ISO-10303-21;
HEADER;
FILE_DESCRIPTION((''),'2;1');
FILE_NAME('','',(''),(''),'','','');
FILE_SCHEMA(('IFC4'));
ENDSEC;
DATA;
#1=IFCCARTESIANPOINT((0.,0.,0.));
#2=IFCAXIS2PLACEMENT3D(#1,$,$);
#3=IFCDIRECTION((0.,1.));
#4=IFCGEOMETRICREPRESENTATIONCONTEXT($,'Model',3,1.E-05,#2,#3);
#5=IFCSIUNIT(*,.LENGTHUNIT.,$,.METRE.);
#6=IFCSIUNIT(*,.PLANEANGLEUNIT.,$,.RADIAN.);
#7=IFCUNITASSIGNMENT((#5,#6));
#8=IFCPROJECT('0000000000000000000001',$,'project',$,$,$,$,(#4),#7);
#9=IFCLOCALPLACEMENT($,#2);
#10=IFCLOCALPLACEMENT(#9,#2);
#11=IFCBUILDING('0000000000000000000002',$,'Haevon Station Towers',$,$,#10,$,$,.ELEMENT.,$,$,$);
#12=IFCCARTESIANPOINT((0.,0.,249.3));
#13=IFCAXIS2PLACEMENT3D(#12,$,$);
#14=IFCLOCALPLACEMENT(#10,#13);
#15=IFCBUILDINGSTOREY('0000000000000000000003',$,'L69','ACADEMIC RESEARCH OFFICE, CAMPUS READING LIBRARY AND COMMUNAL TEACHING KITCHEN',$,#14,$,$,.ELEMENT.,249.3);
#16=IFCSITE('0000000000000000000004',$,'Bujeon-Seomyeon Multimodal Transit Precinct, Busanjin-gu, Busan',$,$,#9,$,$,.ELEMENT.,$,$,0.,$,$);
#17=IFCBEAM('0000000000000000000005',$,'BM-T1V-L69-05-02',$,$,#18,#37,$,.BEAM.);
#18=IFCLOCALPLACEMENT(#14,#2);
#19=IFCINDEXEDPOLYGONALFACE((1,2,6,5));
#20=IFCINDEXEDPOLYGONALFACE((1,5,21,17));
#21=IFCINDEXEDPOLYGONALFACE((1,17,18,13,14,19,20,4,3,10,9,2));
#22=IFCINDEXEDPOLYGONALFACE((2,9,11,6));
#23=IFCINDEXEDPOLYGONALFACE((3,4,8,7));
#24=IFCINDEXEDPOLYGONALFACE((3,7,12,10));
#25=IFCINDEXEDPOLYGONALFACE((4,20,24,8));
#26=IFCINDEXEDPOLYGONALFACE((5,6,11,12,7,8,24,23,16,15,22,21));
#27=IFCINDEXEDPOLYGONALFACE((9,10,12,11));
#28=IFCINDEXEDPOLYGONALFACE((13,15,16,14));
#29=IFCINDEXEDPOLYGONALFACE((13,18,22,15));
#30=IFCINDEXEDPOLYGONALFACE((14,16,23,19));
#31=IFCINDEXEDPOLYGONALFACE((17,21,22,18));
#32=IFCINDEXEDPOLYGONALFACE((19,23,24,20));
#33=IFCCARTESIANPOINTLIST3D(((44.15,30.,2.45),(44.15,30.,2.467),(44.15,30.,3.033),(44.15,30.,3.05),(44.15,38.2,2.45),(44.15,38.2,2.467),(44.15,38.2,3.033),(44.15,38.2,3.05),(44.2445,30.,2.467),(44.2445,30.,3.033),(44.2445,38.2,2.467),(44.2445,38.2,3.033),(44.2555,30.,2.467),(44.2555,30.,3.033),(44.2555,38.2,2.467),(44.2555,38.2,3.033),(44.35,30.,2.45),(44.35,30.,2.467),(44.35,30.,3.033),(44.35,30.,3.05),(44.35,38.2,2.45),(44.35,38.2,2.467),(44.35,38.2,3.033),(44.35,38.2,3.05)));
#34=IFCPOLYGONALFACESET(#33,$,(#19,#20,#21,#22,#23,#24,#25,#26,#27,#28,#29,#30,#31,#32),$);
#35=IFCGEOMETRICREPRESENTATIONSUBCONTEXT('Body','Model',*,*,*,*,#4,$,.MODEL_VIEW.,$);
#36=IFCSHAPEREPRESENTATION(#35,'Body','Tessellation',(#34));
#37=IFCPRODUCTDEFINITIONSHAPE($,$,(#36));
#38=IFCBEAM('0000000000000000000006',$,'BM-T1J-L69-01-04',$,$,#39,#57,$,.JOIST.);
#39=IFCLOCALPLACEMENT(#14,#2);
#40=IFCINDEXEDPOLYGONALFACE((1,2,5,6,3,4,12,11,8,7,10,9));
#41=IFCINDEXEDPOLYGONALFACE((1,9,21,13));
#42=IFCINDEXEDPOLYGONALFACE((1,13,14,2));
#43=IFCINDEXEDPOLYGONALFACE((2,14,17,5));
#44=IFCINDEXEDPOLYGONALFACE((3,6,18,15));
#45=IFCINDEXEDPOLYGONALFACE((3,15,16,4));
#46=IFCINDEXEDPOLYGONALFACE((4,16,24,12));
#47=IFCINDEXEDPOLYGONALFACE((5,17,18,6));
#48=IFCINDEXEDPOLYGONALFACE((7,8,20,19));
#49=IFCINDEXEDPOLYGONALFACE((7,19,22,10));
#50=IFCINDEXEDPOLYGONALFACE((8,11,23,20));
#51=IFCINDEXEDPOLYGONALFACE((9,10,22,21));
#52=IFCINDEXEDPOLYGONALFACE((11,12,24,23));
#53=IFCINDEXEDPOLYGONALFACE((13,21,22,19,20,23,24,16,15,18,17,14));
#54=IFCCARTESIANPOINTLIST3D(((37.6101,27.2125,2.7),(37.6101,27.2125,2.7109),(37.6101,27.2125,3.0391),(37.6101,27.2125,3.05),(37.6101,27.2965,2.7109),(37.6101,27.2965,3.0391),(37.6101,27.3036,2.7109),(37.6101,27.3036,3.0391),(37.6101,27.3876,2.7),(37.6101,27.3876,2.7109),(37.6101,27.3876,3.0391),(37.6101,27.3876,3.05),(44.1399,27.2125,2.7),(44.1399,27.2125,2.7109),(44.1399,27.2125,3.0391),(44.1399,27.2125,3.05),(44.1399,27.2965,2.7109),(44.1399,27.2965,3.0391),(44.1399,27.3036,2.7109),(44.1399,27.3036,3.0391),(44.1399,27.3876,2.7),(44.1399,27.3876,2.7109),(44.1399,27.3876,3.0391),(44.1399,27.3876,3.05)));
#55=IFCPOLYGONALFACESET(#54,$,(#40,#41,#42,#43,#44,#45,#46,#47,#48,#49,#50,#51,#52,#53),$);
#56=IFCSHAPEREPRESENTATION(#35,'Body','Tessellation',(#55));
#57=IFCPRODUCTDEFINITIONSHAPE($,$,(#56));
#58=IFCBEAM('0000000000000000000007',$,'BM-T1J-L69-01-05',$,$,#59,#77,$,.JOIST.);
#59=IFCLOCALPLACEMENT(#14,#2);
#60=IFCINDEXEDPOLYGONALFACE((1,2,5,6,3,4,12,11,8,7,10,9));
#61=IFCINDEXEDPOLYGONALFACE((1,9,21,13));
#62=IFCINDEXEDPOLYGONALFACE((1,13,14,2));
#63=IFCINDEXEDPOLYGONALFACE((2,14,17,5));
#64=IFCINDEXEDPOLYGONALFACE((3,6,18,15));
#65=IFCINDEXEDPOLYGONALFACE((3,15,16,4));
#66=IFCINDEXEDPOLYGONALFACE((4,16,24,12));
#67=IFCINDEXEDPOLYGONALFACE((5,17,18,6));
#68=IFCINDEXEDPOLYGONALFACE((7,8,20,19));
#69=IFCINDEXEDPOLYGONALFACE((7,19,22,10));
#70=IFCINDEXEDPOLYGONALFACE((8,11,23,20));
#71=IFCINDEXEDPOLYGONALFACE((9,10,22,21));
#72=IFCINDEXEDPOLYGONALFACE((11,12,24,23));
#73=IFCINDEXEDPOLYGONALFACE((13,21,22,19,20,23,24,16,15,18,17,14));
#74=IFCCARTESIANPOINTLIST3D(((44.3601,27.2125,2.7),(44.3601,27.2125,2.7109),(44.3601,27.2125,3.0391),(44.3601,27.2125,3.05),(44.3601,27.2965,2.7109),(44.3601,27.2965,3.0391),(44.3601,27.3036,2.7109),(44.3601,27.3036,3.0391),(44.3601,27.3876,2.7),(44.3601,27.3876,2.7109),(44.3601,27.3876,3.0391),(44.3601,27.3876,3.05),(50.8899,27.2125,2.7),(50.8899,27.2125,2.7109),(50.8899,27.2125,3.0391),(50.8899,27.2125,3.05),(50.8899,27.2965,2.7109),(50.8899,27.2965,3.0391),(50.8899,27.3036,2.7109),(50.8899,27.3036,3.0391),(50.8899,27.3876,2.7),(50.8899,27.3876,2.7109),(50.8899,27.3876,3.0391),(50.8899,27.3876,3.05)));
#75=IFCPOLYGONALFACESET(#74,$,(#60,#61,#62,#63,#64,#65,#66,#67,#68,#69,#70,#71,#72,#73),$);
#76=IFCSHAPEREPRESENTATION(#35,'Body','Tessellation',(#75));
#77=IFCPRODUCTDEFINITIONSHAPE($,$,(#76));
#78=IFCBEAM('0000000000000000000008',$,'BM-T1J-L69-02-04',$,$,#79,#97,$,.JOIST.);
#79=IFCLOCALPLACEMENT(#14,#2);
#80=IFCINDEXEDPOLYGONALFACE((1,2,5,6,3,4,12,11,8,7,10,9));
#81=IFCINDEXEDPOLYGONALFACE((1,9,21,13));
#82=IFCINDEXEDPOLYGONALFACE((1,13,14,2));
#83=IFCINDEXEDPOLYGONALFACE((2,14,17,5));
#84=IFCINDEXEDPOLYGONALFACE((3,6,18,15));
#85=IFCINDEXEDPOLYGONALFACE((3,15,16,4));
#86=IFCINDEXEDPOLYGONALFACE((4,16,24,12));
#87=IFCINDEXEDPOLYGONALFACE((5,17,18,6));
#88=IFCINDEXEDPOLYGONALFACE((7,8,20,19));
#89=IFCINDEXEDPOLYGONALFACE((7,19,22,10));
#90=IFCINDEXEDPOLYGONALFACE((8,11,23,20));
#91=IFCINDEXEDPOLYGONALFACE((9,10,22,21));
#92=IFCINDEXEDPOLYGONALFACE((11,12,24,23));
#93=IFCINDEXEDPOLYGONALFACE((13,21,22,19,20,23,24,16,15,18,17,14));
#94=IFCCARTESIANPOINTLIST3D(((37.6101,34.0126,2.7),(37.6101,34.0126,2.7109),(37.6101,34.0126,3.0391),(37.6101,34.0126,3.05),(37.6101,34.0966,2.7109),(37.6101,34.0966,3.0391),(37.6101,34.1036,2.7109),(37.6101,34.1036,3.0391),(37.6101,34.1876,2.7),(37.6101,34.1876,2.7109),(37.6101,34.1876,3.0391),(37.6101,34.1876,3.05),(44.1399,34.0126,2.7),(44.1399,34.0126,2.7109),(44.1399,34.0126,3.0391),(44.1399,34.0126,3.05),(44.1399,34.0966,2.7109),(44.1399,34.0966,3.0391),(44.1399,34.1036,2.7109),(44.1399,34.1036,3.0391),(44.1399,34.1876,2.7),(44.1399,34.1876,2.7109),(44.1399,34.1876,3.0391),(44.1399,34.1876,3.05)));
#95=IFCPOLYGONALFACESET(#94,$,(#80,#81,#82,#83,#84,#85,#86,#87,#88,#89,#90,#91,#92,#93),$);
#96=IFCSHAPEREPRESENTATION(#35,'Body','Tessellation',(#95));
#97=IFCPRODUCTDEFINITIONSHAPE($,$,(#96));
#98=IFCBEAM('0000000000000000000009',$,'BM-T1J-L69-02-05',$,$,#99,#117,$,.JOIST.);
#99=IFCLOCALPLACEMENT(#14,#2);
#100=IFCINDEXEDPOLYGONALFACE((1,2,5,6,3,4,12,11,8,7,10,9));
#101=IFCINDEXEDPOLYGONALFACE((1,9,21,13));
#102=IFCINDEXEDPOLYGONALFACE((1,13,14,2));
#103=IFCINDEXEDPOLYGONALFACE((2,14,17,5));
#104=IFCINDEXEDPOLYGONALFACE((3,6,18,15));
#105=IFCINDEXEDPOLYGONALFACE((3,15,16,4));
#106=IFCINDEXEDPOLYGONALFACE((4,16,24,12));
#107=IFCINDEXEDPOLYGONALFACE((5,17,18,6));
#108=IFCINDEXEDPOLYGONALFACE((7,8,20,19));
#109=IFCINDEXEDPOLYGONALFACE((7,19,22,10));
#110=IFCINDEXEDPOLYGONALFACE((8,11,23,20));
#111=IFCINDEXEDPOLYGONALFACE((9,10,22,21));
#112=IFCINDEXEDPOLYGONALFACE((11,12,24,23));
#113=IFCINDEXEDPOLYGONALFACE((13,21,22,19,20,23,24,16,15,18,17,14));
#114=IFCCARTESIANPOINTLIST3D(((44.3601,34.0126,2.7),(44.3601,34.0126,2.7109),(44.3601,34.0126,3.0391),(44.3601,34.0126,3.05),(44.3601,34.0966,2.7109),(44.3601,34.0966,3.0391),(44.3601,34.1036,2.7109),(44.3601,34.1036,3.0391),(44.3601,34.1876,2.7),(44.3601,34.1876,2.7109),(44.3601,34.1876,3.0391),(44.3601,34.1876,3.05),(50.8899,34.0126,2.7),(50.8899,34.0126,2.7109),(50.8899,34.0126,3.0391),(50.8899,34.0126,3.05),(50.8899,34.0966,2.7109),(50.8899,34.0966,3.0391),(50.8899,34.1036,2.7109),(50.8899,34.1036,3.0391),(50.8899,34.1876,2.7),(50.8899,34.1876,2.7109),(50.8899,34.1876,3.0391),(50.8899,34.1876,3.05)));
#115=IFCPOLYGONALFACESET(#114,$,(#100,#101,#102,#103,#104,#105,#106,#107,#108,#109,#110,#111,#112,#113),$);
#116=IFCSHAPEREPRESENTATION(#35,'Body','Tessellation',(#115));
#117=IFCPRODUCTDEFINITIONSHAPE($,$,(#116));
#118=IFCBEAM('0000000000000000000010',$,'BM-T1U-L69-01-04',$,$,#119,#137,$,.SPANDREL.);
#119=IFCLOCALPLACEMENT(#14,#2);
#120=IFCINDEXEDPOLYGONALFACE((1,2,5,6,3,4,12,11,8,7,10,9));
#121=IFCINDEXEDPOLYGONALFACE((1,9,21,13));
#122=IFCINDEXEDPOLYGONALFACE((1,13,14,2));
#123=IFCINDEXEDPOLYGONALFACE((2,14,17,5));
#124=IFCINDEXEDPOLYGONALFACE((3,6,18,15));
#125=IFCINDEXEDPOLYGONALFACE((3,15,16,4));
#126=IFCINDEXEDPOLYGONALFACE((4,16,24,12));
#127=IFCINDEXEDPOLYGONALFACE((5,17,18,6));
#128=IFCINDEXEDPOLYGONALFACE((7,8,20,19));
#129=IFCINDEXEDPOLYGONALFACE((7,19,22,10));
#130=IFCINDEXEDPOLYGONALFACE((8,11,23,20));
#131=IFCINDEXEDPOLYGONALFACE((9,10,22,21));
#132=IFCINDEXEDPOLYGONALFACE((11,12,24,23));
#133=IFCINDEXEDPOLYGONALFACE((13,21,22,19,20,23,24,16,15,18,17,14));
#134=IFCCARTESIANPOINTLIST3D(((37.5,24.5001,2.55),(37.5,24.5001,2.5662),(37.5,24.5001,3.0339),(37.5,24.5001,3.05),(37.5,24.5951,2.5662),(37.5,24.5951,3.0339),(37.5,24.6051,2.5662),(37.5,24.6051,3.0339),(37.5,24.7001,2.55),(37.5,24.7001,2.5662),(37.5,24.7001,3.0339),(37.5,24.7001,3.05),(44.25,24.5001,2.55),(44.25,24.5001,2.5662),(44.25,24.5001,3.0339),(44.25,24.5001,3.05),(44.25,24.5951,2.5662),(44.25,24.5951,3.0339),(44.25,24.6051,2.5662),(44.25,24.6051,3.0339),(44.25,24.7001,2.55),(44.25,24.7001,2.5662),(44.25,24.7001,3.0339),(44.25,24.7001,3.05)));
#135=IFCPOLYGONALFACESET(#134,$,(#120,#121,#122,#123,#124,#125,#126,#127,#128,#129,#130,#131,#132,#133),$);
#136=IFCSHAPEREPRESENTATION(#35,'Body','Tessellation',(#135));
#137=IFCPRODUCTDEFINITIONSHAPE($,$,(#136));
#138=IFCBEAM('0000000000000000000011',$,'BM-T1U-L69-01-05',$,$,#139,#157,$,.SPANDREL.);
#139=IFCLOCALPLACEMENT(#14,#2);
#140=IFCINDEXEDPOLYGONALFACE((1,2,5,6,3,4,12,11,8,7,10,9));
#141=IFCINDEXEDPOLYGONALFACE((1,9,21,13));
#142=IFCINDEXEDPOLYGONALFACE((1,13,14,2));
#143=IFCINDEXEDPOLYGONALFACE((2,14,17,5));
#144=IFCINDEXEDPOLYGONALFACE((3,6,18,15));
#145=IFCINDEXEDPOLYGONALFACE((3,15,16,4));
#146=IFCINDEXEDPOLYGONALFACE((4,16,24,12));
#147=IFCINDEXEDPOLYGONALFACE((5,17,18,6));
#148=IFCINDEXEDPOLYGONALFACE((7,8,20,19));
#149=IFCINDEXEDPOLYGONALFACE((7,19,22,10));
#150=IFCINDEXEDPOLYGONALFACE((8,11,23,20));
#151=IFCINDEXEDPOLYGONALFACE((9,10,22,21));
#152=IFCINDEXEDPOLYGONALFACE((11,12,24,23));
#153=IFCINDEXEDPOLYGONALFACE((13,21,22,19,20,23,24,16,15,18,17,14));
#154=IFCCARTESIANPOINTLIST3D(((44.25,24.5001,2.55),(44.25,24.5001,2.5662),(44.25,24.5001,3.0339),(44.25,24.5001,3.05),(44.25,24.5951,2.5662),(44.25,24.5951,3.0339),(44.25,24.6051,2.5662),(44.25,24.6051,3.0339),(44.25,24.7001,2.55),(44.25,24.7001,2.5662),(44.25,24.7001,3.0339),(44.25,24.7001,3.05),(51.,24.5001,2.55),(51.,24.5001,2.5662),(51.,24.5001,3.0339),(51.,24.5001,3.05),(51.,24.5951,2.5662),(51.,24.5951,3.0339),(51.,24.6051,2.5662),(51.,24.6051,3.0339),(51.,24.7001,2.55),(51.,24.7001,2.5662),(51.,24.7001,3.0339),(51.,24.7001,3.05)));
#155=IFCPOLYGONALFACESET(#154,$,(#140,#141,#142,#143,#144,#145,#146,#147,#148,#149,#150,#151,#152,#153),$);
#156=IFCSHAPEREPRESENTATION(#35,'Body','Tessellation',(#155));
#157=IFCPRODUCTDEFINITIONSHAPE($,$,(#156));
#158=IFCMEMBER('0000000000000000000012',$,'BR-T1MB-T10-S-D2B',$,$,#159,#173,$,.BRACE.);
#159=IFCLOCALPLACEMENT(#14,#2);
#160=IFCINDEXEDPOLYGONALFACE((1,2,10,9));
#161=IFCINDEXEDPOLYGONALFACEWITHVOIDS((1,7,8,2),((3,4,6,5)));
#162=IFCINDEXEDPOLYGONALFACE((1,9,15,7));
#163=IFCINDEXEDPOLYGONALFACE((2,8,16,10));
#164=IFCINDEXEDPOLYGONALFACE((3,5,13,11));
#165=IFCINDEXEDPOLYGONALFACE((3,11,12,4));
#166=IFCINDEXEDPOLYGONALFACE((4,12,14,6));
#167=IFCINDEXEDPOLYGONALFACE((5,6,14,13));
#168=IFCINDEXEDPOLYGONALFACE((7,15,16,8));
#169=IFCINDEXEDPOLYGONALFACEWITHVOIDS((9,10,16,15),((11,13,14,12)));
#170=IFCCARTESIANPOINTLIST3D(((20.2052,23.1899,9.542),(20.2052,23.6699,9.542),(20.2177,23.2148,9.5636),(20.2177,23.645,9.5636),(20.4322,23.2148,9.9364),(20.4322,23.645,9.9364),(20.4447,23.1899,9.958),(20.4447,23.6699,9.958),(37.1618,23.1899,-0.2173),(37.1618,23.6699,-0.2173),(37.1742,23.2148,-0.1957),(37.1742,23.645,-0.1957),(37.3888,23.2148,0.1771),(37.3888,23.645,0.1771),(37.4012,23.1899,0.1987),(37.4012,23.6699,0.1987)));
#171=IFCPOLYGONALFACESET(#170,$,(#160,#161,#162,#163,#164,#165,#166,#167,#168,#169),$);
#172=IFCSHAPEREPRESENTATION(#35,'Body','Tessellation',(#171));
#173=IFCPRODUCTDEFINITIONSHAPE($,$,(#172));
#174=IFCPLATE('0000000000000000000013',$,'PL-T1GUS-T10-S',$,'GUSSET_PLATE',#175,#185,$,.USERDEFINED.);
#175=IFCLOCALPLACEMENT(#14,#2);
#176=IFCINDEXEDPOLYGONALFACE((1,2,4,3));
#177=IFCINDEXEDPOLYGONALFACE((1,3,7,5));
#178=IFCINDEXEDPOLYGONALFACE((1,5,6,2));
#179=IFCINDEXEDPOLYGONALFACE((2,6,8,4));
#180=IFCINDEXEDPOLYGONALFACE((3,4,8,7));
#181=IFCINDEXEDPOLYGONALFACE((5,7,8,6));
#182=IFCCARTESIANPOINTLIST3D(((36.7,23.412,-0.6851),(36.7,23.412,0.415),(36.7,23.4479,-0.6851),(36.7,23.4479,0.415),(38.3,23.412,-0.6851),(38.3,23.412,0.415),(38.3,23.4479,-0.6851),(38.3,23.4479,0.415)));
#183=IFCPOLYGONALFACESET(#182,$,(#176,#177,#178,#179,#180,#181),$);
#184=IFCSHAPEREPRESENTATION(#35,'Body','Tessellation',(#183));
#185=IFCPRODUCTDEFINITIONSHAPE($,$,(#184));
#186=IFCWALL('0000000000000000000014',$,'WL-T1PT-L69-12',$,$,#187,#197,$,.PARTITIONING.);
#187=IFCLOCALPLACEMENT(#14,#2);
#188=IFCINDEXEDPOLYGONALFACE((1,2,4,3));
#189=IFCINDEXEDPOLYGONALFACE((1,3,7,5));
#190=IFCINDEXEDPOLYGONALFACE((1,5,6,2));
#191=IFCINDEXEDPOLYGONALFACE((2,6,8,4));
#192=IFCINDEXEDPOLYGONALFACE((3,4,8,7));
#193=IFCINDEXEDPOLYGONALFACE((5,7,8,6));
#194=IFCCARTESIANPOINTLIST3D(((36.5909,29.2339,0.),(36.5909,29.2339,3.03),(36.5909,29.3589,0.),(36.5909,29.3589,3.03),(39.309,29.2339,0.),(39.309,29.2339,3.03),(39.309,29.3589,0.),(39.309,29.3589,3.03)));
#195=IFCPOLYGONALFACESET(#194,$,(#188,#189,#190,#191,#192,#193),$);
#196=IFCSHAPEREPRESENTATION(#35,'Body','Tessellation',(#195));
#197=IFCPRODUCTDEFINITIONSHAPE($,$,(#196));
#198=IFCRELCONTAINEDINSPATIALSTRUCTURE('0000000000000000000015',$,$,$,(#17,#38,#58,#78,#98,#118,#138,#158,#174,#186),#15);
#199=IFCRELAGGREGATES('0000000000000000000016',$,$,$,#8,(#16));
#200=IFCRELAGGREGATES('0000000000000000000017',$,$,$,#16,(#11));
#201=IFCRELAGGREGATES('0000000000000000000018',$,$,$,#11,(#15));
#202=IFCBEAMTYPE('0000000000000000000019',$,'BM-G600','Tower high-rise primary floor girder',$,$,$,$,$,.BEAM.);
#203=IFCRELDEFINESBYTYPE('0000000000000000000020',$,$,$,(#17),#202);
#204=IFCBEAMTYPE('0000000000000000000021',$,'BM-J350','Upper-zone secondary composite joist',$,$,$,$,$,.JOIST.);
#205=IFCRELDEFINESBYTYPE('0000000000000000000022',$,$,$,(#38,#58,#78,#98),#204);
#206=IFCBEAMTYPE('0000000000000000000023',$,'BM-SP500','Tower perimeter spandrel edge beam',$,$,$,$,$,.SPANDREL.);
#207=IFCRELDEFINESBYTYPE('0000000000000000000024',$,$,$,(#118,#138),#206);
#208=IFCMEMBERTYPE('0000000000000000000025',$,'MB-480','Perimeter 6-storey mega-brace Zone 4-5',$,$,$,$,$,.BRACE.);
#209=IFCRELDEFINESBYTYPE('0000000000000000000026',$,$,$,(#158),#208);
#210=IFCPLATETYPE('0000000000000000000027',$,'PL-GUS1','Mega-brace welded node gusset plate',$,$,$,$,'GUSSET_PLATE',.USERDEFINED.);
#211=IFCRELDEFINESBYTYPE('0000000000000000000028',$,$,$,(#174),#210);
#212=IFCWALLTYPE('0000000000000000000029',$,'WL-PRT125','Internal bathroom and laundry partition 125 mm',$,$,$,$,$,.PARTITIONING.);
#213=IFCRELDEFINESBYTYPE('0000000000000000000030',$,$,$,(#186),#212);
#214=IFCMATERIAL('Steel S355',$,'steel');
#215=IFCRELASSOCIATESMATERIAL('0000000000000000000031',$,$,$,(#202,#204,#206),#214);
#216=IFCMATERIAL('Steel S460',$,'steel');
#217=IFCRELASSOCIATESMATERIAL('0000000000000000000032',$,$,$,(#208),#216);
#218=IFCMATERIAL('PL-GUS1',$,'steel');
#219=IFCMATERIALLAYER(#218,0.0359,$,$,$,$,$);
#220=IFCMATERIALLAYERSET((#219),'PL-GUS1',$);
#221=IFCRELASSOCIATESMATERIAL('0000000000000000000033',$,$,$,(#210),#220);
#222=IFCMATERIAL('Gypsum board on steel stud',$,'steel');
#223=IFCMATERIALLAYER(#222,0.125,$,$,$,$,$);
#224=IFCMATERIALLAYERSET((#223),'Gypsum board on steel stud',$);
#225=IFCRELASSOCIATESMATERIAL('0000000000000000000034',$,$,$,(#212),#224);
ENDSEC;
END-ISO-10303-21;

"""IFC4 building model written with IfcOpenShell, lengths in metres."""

from ifc_helpers import new_model, si_unit, direction, frame, frame_2d, origin, origin_2d, place, context, subcontext, project, spatial, rectangle, hollow_rectangle, i_section, extrude, material, layer, layer_set, material_profile, profile_set, type_object, element, save


model = new_model("IFC4")

# Units and contexts
model_context = context("Model", 3, precision=1e-05, world=origin(), true_north=direction((0.0, 1.0)))
body_context = subcontext(model_context, "Body", "Model", "MODEL_VIEW")
ifc_project = project(units=[si_unit("LENGTHUNIT", "METRE"), si_unit("PLANEANGLEUNIT", "RADIAN")], contexts=[model_context])

# Site, building, storey
site_placement = place(None, origin())
site = spatial("IfcSite", under=ifc_project, at=site_placement, Name="Bujeon-Seomyeon Multimodal Transit Precinct, Busanjin-gu, Busan", CompositionType="ELEMENT", RefElevation=0.0)
building_placement = place(site_placement, origin())
building = spatial("IfcBuilding", under=site, at=building_placement, Name="Haevon Station Towers", CompositionType="ELEMENT")
storey_placement = place(building_placement, frame((0.0, 0.0, 249.3)))
storey = spatial("IfcBuildingStorey", under=building, at=storey_placement, Name="L69", Description="ACADEMIC RESEARCH OFFICE, CAMPUS READING LIBRARY AND COMMUNAL TEACHING KITCHEN", CompositionType="ELEMENT", Elevation=249.3)

# Shared definitions
ifc_material_1 = material(Name="Steel S355", Category="steel")

# Beams
ifc_material_profile_1 = material_profile(ifc_material_1, i_section(OverallWidth=0.2, OverallDepth=0.6001, WebThickness=0.011, FlangeThickness=0.0171, at=origin_2d()), Name="H-600x200x11x17")
ifc_profile_set_1 = profile_set([ifc_material_profile_1], Name="Steel S355")
beam_type_1 = type_object("IfcBeamType", Name="BM-G600", Description="Tower high-rise primary floor girder", PredefinedType="BEAM", material=ifc_profile_set_1)
beam_1_placement = place(storey_placement, frame((44.25, 30.0, 2.75), z_axis=(0.0, 1.0, 0.0), x_axis=(-1.0, 0.0, 0.0)))
element("IfcBeam", 1, at=beam_1_placement, inside=storey, type_object=beam_type_1, Name="BM-T1V-L69-05-02", PredefinedType="BEAM", context=body_context, shape_type="SweptSolid", body=[
    extrude(i_section(OverallWidth=0.2, OverallDepth=0.6001, WebThickness=0.011, FlangeThickness=0.0171, at=origin_2d()), origin(), (0.0, 0.0, 1.0), 8.2),
])
ifc_material_profile_2 = material_profile(ifc_material_1, i_section(OverallWidth=0.175, OverallDepth=0.3501, WebThickness=0.0071, FlangeThickness=0.011, at=origin_2d()), Name="H-350x175x7x11")
ifc_profile_set_2 = profile_set([ifc_material_profile_2], Name="Steel S355")
beam_type_2 = type_object("IfcBeamType", Name="BM-J350", Description="Upper-zone secondary composite joist", PredefinedType="JOIST", material=ifc_profile_set_2)
for number, where, z_axis, x_axis, name in (
    (2, (37.6101, 27.3, 2.875), (1.0, 0.0, 0.0), (0.0, 1.0, 0.0), "BM-T1J-L69-01-04"),
    (3, (44.3601, 27.3, 2.875), (1.0, 0.0, 0.0), (0.0, 1.0, 0.0), "BM-T1J-L69-01-05"),
    (4, (37.6101, 34.1001, 2.875), (1.0, 0.0, 0.0), (0.0, 1.0, 0.0), "BM-T1J-L69-02-04"),
    (5, (44.3601, 34.1001, 2.875), (1.0, 0.0, 0.0), (0.0, 1.0, 0.0), "BM-T1J-L69-02-05"),
):
    element("IfcBeam", number, at=place(storey_placement, frame(where, z_axis=z_axis, x_axis=x_axis)), inside=storey, type_object=beam_type_2, Name=name, PredefinedType="JOIST", context=body_context, shape_type="SweptSolid", body=[
        extrude(i_section(OverallWidth=0.175, OverallDepth=0.3501, WebThickness=0.0071, FlangeThickness=0.011, at=origin_2d()), origin(), (0.0, 0.0, 1.0), 6.5298),
    ])
ifc_material_profile_3 = material_profile(ifc_material_1, i_section(OverallWidth=0.2, OverallDepth=0.5, WebThickness=0.01, FlangeThickness=0.0161, at=origin_2d()), Name="H-500x200x10x16")
ifc_profile_set_3 = profile_set([ifc_material_profile_3], Name="Steel S355")
beam_type_3 = type_object("IfcBeamType", Name="BM-SP500", Description="Tower perimeter spandrel edge beam", PredefinedType="SPANDREL", material=ifc_profile_set_3)
for number, where, z_axis, x_axis, name in (
    (6, (37.5, 24.6001, 2.8), (1.0, 0.0, 0.0), (0.0, 1.0, 0.0), "BM-T1U-L69-01-04"),
    (7, (44.25, 24.6001, 2.8), (1.0, 0.0, 0.0), (0.0, 1.0, 0.0), "BM-T1U-L69-01-05"),
):
    element("IfcBeam", number, at=place(storey_placement, frame(where, z_axis=z_axis, x_axis=x_axis)), inside=storey, type_object=beam_type_3, Name=name, PredefinedType="SPANDREL", context=body_context, shape_type="SweptSolid", body=[
        extrude(i_section(OverallWidth=0.2, OverallDepth=0.5, WebThickness=0.01, FlangeThickness=0.0161, at=origin_2d()), origin(), (0.0, 0.0, 1.0), 6.75),
    ])

# Member
ifc_material_2 = material(Name="Steel S460", Category="steel")
ifc_material_profile_4 = material_profile(ifc_material_2, hollow_rectangle(XDim=0.48, YDim=0.48, WallThickness=0.0249, at=origin_2d()), Name="RHS-480x480x25")
ifc_profile_set_4 = profile_set([ifc_material_profile_4], Name="Steel S460")
member_type = type_object("IfcMemberType", Name="MB-480", Description="Perimeter 6-storey mega-brace Zone 4-5", PredefinedType="BRACE", material=ifc_profile_set_4)
member_placement = place(storey_placement, frame((37.2815, 23.4299, -0.0093), z_axis=(-0.866702, 0.0, 0.498827), x_axis=(0.0, -1.0, 0.0)))
element("IfcMember", 8, at=member_placement, inside=storey, type_object=member_type, Name="BR-T1MB-T10-S-D2B", PredefinedType="BRACE", context=body_context, shape_type="SweptSolid", body=[
    extrude(hollow_rectangle(XDim=0.48, YDim=0.48, WallThickness=0.0249, at=origin_2d()), origin(), (0.0, 0.0, 1.0), 19.5645),
])

# Plate
ifc_material_3 = material(Name="PL-GUS1", Category="steel")
ifc_layer_1 = layer(ifc_material_3, 0.0359)
ifc_layer_set_1 = layer_set([ifc_layer_1], Name="PL-GUS1")
plate_type = type_object("IfcPlateType", Name="PL-GUS1", Description="Mega-brace welded node gusset plate", ElementType="GUSSET_PLATE", PredefinedType="USERDEFINED", material=ifc_layer_set_1)
plate_placement = place(storey_placement, frame((37.5, 23.4299, -0.6851), z_axis=(0.0, 0.0, 1.0), x_axis=(1.0, 0.0, 0.0)))
element("IfcPlate", 9, at=plate_placement, inside=storey, type_object=plate_type, Name="PL-T1GUS-T10-S", ObjectType="GUSSET_PLATE", PredefinedType="USERDEFINED", context=body_context, shape_type="SweptSolid", body=[
    extrude(rectangle(XDim=1.6001, YDim=0.0359, at=origin_2d()), origin(), (0.0, 0.0, 1.0), 1.1001),
])

# Wall
ifc_material_4 = material(Name="Gypsum board on steel stud", Category="steel")
ifc_layer_2 = layer(ifc_material_4, 0.125)
ifc_layer_set_2 = layer_set([ifc_layer_2], Name="Gypsum board on steel stud")
wall_type_1 = type_object("IfcWallType", Name="WL-PRT125", Description="Internal bathroom and laundry partition 125 mm", PredefinedType="PARTITIONING", material=ifc_layer_set_2)
wall_1_placement = place(storey_placement, frame((36.5911, 29.2964, 0.0), z_axis=(0.0, 0.0, 1.0), x_axis=(1.0, 0.0, 0.0)))
element("IfcWall", 10, at=wall_1_placement, inside=storey, type_object=wall_type_1, Name="WL-T1PT-L69-12", PredefinedType="PARTITIONING", context=body_context, shape_type="SweptSolid", body=[
    extrude(rectangle(XDim=2.718, YDim=0.125, at=frame_2d((1.3589, 0.0))), origin(), (0.0, 0.0, 1.0), 3.03),
])

save(model, "model.ifc")
